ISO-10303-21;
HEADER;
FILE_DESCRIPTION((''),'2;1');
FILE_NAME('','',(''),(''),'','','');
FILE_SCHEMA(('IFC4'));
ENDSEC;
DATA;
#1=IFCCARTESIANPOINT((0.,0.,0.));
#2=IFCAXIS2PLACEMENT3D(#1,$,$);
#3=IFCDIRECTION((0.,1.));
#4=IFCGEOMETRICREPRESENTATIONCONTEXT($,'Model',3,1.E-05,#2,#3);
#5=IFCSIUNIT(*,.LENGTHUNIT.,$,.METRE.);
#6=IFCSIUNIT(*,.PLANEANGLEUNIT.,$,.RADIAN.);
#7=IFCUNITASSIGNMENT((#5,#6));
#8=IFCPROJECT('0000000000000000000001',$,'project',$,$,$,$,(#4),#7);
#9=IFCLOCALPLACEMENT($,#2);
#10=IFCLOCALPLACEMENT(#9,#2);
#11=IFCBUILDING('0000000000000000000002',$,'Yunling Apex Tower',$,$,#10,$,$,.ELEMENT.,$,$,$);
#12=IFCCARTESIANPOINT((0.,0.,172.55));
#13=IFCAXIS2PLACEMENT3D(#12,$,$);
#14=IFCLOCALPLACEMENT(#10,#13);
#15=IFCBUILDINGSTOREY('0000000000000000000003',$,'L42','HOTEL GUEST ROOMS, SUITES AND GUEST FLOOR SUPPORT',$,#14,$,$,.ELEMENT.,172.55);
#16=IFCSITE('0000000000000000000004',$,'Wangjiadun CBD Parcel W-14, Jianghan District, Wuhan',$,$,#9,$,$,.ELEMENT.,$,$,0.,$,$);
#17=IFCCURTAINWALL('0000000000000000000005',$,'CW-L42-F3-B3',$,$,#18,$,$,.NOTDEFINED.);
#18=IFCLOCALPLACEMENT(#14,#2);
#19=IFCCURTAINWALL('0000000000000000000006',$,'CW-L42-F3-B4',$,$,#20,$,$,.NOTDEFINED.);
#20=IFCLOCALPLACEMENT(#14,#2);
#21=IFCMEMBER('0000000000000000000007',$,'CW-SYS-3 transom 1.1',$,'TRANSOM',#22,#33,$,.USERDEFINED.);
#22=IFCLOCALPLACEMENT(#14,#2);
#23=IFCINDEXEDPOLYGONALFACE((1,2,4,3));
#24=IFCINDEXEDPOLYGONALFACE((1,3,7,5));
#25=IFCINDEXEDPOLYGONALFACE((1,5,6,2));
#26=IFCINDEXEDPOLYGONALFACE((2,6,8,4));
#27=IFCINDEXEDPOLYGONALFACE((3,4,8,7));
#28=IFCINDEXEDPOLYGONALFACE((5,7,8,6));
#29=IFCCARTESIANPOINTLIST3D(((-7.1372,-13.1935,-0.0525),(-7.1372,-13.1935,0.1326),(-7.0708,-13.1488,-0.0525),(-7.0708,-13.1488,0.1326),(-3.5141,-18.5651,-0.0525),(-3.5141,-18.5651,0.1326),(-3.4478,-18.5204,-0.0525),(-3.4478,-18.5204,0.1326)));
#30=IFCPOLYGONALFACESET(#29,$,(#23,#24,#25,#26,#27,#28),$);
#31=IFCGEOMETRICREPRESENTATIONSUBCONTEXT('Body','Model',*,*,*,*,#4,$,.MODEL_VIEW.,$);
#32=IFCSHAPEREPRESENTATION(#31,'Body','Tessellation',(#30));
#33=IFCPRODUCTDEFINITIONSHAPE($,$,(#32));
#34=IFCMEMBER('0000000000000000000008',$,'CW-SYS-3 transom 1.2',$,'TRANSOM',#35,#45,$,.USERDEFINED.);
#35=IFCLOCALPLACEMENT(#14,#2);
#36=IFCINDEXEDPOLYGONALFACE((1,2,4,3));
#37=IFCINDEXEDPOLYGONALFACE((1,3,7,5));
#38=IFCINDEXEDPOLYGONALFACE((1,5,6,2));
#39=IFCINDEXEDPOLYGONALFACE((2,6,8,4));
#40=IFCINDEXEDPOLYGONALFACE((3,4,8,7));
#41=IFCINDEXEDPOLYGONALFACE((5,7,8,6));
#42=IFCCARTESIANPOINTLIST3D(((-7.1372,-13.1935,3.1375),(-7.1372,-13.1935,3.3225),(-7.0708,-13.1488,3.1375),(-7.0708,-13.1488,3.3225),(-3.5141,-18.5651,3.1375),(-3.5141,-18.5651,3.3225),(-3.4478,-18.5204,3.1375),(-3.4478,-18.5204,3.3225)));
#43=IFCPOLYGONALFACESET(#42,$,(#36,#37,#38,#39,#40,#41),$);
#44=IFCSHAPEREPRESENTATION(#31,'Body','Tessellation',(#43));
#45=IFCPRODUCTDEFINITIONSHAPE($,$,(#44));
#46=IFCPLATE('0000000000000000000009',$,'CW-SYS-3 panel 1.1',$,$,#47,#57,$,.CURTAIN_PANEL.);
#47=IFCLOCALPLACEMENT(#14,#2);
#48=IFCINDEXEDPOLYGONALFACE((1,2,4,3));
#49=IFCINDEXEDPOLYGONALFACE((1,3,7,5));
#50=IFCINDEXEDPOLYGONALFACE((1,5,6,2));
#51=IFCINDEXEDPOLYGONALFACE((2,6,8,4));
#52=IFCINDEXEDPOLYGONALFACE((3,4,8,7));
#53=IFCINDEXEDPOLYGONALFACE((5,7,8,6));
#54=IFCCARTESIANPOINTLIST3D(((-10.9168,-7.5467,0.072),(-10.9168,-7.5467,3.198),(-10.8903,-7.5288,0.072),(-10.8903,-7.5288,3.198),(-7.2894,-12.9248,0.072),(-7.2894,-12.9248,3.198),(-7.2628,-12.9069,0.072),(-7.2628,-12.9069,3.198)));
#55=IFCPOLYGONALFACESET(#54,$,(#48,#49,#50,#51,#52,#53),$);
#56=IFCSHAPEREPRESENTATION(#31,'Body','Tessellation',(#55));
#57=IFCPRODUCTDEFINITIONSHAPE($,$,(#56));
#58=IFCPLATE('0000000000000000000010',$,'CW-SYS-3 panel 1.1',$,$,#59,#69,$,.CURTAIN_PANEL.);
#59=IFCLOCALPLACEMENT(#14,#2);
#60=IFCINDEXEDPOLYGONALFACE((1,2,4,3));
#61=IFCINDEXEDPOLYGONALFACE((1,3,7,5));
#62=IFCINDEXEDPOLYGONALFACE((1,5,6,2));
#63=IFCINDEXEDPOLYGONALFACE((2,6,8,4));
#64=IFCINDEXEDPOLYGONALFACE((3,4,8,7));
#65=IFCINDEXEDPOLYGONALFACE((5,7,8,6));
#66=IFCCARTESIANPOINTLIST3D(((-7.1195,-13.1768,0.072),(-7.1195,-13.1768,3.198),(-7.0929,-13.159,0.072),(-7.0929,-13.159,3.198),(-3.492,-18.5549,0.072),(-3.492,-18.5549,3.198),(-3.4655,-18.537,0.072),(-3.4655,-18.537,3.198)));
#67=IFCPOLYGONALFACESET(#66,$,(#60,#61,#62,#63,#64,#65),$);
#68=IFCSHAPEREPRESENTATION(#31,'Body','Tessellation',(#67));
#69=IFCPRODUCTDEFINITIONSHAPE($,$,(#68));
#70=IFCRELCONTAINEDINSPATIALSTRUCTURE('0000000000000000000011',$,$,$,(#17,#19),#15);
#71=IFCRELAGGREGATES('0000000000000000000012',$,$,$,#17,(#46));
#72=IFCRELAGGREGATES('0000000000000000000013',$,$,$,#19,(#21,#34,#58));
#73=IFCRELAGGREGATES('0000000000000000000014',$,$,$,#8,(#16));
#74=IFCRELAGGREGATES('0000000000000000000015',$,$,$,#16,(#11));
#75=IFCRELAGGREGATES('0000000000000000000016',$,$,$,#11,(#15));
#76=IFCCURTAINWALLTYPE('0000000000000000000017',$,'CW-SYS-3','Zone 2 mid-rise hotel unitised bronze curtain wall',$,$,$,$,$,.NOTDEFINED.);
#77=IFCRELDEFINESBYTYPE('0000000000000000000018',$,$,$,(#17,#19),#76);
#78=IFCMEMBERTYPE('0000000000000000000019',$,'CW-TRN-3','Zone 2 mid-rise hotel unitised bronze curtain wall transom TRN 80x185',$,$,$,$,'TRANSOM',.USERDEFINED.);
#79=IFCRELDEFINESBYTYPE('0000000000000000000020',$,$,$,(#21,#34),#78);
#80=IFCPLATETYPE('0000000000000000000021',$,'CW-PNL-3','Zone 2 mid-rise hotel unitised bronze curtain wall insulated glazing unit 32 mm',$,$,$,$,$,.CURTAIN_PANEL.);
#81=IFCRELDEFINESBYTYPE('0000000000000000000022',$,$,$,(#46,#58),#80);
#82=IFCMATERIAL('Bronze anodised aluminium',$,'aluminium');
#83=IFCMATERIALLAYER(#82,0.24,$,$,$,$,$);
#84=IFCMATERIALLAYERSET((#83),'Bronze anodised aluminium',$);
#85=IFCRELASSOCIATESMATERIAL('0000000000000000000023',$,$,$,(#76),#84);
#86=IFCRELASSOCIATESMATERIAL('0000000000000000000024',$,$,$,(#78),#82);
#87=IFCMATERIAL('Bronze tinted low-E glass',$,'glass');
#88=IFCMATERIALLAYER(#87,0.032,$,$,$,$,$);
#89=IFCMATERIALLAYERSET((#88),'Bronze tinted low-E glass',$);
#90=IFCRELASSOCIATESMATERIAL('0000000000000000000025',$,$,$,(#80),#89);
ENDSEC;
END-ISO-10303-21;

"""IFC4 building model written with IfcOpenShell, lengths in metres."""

from ifc_helpers import new_model, si_unit, direction, frame, origin, origin_2d, place, context, subcontext, project, spatial, rectangle, extrude, source, transform, mapped, material, layer, layer_set, material_profile, profile_set, type_object, element, aggregate, save


model = new_model("IFC4")

# Units and contexts
model_context = context("Model", 3, precision=1e-05, world=origin(), true_north=direction((0.0, 1.0)))
body_context = subcontext(model_context, "Body", "Model", "MODEL_VIEW")
ifc_project = project(units=[si_unit("LENGTHUNIT", "METRE"), si_unit("PLANEANGLEUNIT", "RADIAN")], contexts=[model_context])

# Site, building, storey
site_placement = place(None, origin())
site = spatial("IfcSite", under=ifc_project, at=site_placement, Name="Wangjiadun CBD Parcel W-14, Jianghan District, Wuhan", CompositionType="ELEMENT", RefElevation=0.0)
building_placement = place(site_placement, origin())
building = spatial("IfcBuilding", under=site, at=building_placement, Name="Yunling Apex Tower", CompositionType="ELEMENT")
storey_placement = place(building_placement, frame((0.0, 0.0, 172.55)))
storey = spatial("IfcBuildingStorey", under=building, at=storey_placement, Name="L42", Description="HOTEL GUEST ROOMS, SUITES AND GUEST FLOOR SUPPORT", CompositionType="ELEMENT", Elevation=172.55)

# Curtain wall
ifc_material_1 = material(Name="Bronze anodised aluminium", Category="aluminium")
ifc_layer_1 = layer(ifc_material_1, 0.24)
ifc_layer_set_1 = layer_set([ifc_layer_1], Name="Bronze anodised aluminium")
curtain_wall_type = type_object("IfcCurtainWallType", Name="CW-SYS-3", Description="Zone 2 mid-rise hotel unitised bronze curtain wall", PredefinedType="NOTDEFINED", material=ifc_layer_set_1)
curtain_wall_1_placement = place(storey_placement, origin())
curtain_wall_1 = element("IfcCurtainWall", 1, at=curtain_wall_1_placement, inside=storey, type_object=curtain_wall_type, Name="CW-L42-F3-B3", PredefinedType="NOTDEFINED")

# Curtain wall
curtain_wall_2_placement = place(storey_placement, origin())
curtain_wall_2 = element("IfcCurtainWall", 2, at=curtain_wall_2_placement, inside=storey, type_object=curtain_wall_type, Name="CW-L42-F3-B4", PredefinedType="NOTDEFINED")
ifc_material_profile_1 = material_profile(ifc_material_1, rectangle(XDim=0.0801, YDim=0.1851, at=origin_2d()))
ifc_profile_set_1 = profile_set([ifc_material_profile_1], Name="Bronze anodised aluminium")
member_type_1 = type_object("IfcMemberType", Name="CW-TRN-3", Description="Zone 2 mid-rise hotel unitised bronze curtain wall transom TRN 80x185", ElementType="TRANSOM", PredefinedType="USERDEFINED", material=ifc_profile_set_1)

# Members
shared_shape_1 = source(origin(), body_context, "Body", "SweptSolid", [
    extrude(rectangle(XDim=0.0801, YDim=0.1851, at=origin_2d()), origin(), (0.0, 0.0, 1.0), 6.4792),
])
member_1_placement = place(storey_placement, frame((-7.104, -13.1711, 0.04), z_axis=(0.559179, -0.829047, 0.0), x_axis=(0.829047, 0.559179, 0.0)))
member_1 = element("IfcMember", 3, at=member_1_placement, type_object=member_type_1, Name="CW-SYS-3 transom 1.1", ObjectType="TRANSOM", PredefinedType="USERDEFINED", context=body_context, shape_type="MappedRepresentation", body=[
    mapped(shared_shape_1, transform((0.0, 0.0, 0.0), scale=1.0)),
])
member_2_placement = place(storey_placement, frame((-7.104, -13.1711, 3.23), z_axis=(0.559179, -0.829047, 0.0), x_axis=(0.829047, 0.559179, 0.0)))
member_2 = element("IfcMember", 4, at=member_2_placement, type_object=member_type_1, Name="CW-SYS-3 transom 1.2", ObjectType="TRANSOM", PredefinedType="USERDEFINED", context=body_context, shape_type="MappedRepresentation", body=[
    mapped(shared_shape_1, transform((0.0, 0.0, 0.0), scale=1.0)),
])

# Plates
ifc_material_2 = material(Name="Bronze tinted low-E glass", Category="glass")
ifc_layer_2 = layer(ifc_material_2, 0.032)
ifc_layer_set_2 = layer_set([ifc_layer_2], Name="Bronze tinted low-E glass")
plate_type = type_object("IfcPlateType", Name="CW-PNL-3", Description="Zone 2 mid-rise hotel unitised bronze curtain wall insulated glazing unit 32 mm", PredefinedType="CURTAIN_PANEL", material=ifc_layer_set_2)
shared_shape_2 = source(origin(), body_context, "Body", "SweptSolid", [
    extrude(rectangle(XDim=6.4871, YDim=0.032, at=origin_2d()), origin(), (0.0, 0.0, 1.0), 3.126),
])
plate_1_placement = place(storey_placement, frame((-9.0898, -10.2268, 0.072), z_axis=(0.0, 0.0, 1.0), x_axis=(0.559188, -0.829041, 0.0)))
plate_1 = element("IfcPlate", 5, at=plate_1_placement, type_object=plate_type, Name="CW-SYS-3 panel 1.1", PredefinedType="CURTAIN_PANEL", context=body_context, shape_type="MappedRepresentation", body=[
    mapped(shared_shape_2, transform((0.0, 0.0, 0.0), scale=1.0)),
])
aggregate(curtain_wall_1, [plate_1])
plate_2_placement = place(storey_placement, frame((-5.2925, -15.8569, 0.072), z_axis=(0.0, 0.0, 1.0), x_axis=(0.559181, -0.829045, 0.0)))
plate_2 = element("IfcPlate", 6, at=plate_2_placement, type_object=plate_type, Name="CW-SYS-3 panel 1.1", PredefinedType="CURTAIN_PANEL", context=body_context, shape_type="MappedRepresentation", body=[
    mapped(shared_shape_2, transform((0.0, 0.0, 0.0), scale=1.0)),
])
aggregate(curtain_wall_2, [member_1, member_2, plate_2])

save(model, "model.ifc")
